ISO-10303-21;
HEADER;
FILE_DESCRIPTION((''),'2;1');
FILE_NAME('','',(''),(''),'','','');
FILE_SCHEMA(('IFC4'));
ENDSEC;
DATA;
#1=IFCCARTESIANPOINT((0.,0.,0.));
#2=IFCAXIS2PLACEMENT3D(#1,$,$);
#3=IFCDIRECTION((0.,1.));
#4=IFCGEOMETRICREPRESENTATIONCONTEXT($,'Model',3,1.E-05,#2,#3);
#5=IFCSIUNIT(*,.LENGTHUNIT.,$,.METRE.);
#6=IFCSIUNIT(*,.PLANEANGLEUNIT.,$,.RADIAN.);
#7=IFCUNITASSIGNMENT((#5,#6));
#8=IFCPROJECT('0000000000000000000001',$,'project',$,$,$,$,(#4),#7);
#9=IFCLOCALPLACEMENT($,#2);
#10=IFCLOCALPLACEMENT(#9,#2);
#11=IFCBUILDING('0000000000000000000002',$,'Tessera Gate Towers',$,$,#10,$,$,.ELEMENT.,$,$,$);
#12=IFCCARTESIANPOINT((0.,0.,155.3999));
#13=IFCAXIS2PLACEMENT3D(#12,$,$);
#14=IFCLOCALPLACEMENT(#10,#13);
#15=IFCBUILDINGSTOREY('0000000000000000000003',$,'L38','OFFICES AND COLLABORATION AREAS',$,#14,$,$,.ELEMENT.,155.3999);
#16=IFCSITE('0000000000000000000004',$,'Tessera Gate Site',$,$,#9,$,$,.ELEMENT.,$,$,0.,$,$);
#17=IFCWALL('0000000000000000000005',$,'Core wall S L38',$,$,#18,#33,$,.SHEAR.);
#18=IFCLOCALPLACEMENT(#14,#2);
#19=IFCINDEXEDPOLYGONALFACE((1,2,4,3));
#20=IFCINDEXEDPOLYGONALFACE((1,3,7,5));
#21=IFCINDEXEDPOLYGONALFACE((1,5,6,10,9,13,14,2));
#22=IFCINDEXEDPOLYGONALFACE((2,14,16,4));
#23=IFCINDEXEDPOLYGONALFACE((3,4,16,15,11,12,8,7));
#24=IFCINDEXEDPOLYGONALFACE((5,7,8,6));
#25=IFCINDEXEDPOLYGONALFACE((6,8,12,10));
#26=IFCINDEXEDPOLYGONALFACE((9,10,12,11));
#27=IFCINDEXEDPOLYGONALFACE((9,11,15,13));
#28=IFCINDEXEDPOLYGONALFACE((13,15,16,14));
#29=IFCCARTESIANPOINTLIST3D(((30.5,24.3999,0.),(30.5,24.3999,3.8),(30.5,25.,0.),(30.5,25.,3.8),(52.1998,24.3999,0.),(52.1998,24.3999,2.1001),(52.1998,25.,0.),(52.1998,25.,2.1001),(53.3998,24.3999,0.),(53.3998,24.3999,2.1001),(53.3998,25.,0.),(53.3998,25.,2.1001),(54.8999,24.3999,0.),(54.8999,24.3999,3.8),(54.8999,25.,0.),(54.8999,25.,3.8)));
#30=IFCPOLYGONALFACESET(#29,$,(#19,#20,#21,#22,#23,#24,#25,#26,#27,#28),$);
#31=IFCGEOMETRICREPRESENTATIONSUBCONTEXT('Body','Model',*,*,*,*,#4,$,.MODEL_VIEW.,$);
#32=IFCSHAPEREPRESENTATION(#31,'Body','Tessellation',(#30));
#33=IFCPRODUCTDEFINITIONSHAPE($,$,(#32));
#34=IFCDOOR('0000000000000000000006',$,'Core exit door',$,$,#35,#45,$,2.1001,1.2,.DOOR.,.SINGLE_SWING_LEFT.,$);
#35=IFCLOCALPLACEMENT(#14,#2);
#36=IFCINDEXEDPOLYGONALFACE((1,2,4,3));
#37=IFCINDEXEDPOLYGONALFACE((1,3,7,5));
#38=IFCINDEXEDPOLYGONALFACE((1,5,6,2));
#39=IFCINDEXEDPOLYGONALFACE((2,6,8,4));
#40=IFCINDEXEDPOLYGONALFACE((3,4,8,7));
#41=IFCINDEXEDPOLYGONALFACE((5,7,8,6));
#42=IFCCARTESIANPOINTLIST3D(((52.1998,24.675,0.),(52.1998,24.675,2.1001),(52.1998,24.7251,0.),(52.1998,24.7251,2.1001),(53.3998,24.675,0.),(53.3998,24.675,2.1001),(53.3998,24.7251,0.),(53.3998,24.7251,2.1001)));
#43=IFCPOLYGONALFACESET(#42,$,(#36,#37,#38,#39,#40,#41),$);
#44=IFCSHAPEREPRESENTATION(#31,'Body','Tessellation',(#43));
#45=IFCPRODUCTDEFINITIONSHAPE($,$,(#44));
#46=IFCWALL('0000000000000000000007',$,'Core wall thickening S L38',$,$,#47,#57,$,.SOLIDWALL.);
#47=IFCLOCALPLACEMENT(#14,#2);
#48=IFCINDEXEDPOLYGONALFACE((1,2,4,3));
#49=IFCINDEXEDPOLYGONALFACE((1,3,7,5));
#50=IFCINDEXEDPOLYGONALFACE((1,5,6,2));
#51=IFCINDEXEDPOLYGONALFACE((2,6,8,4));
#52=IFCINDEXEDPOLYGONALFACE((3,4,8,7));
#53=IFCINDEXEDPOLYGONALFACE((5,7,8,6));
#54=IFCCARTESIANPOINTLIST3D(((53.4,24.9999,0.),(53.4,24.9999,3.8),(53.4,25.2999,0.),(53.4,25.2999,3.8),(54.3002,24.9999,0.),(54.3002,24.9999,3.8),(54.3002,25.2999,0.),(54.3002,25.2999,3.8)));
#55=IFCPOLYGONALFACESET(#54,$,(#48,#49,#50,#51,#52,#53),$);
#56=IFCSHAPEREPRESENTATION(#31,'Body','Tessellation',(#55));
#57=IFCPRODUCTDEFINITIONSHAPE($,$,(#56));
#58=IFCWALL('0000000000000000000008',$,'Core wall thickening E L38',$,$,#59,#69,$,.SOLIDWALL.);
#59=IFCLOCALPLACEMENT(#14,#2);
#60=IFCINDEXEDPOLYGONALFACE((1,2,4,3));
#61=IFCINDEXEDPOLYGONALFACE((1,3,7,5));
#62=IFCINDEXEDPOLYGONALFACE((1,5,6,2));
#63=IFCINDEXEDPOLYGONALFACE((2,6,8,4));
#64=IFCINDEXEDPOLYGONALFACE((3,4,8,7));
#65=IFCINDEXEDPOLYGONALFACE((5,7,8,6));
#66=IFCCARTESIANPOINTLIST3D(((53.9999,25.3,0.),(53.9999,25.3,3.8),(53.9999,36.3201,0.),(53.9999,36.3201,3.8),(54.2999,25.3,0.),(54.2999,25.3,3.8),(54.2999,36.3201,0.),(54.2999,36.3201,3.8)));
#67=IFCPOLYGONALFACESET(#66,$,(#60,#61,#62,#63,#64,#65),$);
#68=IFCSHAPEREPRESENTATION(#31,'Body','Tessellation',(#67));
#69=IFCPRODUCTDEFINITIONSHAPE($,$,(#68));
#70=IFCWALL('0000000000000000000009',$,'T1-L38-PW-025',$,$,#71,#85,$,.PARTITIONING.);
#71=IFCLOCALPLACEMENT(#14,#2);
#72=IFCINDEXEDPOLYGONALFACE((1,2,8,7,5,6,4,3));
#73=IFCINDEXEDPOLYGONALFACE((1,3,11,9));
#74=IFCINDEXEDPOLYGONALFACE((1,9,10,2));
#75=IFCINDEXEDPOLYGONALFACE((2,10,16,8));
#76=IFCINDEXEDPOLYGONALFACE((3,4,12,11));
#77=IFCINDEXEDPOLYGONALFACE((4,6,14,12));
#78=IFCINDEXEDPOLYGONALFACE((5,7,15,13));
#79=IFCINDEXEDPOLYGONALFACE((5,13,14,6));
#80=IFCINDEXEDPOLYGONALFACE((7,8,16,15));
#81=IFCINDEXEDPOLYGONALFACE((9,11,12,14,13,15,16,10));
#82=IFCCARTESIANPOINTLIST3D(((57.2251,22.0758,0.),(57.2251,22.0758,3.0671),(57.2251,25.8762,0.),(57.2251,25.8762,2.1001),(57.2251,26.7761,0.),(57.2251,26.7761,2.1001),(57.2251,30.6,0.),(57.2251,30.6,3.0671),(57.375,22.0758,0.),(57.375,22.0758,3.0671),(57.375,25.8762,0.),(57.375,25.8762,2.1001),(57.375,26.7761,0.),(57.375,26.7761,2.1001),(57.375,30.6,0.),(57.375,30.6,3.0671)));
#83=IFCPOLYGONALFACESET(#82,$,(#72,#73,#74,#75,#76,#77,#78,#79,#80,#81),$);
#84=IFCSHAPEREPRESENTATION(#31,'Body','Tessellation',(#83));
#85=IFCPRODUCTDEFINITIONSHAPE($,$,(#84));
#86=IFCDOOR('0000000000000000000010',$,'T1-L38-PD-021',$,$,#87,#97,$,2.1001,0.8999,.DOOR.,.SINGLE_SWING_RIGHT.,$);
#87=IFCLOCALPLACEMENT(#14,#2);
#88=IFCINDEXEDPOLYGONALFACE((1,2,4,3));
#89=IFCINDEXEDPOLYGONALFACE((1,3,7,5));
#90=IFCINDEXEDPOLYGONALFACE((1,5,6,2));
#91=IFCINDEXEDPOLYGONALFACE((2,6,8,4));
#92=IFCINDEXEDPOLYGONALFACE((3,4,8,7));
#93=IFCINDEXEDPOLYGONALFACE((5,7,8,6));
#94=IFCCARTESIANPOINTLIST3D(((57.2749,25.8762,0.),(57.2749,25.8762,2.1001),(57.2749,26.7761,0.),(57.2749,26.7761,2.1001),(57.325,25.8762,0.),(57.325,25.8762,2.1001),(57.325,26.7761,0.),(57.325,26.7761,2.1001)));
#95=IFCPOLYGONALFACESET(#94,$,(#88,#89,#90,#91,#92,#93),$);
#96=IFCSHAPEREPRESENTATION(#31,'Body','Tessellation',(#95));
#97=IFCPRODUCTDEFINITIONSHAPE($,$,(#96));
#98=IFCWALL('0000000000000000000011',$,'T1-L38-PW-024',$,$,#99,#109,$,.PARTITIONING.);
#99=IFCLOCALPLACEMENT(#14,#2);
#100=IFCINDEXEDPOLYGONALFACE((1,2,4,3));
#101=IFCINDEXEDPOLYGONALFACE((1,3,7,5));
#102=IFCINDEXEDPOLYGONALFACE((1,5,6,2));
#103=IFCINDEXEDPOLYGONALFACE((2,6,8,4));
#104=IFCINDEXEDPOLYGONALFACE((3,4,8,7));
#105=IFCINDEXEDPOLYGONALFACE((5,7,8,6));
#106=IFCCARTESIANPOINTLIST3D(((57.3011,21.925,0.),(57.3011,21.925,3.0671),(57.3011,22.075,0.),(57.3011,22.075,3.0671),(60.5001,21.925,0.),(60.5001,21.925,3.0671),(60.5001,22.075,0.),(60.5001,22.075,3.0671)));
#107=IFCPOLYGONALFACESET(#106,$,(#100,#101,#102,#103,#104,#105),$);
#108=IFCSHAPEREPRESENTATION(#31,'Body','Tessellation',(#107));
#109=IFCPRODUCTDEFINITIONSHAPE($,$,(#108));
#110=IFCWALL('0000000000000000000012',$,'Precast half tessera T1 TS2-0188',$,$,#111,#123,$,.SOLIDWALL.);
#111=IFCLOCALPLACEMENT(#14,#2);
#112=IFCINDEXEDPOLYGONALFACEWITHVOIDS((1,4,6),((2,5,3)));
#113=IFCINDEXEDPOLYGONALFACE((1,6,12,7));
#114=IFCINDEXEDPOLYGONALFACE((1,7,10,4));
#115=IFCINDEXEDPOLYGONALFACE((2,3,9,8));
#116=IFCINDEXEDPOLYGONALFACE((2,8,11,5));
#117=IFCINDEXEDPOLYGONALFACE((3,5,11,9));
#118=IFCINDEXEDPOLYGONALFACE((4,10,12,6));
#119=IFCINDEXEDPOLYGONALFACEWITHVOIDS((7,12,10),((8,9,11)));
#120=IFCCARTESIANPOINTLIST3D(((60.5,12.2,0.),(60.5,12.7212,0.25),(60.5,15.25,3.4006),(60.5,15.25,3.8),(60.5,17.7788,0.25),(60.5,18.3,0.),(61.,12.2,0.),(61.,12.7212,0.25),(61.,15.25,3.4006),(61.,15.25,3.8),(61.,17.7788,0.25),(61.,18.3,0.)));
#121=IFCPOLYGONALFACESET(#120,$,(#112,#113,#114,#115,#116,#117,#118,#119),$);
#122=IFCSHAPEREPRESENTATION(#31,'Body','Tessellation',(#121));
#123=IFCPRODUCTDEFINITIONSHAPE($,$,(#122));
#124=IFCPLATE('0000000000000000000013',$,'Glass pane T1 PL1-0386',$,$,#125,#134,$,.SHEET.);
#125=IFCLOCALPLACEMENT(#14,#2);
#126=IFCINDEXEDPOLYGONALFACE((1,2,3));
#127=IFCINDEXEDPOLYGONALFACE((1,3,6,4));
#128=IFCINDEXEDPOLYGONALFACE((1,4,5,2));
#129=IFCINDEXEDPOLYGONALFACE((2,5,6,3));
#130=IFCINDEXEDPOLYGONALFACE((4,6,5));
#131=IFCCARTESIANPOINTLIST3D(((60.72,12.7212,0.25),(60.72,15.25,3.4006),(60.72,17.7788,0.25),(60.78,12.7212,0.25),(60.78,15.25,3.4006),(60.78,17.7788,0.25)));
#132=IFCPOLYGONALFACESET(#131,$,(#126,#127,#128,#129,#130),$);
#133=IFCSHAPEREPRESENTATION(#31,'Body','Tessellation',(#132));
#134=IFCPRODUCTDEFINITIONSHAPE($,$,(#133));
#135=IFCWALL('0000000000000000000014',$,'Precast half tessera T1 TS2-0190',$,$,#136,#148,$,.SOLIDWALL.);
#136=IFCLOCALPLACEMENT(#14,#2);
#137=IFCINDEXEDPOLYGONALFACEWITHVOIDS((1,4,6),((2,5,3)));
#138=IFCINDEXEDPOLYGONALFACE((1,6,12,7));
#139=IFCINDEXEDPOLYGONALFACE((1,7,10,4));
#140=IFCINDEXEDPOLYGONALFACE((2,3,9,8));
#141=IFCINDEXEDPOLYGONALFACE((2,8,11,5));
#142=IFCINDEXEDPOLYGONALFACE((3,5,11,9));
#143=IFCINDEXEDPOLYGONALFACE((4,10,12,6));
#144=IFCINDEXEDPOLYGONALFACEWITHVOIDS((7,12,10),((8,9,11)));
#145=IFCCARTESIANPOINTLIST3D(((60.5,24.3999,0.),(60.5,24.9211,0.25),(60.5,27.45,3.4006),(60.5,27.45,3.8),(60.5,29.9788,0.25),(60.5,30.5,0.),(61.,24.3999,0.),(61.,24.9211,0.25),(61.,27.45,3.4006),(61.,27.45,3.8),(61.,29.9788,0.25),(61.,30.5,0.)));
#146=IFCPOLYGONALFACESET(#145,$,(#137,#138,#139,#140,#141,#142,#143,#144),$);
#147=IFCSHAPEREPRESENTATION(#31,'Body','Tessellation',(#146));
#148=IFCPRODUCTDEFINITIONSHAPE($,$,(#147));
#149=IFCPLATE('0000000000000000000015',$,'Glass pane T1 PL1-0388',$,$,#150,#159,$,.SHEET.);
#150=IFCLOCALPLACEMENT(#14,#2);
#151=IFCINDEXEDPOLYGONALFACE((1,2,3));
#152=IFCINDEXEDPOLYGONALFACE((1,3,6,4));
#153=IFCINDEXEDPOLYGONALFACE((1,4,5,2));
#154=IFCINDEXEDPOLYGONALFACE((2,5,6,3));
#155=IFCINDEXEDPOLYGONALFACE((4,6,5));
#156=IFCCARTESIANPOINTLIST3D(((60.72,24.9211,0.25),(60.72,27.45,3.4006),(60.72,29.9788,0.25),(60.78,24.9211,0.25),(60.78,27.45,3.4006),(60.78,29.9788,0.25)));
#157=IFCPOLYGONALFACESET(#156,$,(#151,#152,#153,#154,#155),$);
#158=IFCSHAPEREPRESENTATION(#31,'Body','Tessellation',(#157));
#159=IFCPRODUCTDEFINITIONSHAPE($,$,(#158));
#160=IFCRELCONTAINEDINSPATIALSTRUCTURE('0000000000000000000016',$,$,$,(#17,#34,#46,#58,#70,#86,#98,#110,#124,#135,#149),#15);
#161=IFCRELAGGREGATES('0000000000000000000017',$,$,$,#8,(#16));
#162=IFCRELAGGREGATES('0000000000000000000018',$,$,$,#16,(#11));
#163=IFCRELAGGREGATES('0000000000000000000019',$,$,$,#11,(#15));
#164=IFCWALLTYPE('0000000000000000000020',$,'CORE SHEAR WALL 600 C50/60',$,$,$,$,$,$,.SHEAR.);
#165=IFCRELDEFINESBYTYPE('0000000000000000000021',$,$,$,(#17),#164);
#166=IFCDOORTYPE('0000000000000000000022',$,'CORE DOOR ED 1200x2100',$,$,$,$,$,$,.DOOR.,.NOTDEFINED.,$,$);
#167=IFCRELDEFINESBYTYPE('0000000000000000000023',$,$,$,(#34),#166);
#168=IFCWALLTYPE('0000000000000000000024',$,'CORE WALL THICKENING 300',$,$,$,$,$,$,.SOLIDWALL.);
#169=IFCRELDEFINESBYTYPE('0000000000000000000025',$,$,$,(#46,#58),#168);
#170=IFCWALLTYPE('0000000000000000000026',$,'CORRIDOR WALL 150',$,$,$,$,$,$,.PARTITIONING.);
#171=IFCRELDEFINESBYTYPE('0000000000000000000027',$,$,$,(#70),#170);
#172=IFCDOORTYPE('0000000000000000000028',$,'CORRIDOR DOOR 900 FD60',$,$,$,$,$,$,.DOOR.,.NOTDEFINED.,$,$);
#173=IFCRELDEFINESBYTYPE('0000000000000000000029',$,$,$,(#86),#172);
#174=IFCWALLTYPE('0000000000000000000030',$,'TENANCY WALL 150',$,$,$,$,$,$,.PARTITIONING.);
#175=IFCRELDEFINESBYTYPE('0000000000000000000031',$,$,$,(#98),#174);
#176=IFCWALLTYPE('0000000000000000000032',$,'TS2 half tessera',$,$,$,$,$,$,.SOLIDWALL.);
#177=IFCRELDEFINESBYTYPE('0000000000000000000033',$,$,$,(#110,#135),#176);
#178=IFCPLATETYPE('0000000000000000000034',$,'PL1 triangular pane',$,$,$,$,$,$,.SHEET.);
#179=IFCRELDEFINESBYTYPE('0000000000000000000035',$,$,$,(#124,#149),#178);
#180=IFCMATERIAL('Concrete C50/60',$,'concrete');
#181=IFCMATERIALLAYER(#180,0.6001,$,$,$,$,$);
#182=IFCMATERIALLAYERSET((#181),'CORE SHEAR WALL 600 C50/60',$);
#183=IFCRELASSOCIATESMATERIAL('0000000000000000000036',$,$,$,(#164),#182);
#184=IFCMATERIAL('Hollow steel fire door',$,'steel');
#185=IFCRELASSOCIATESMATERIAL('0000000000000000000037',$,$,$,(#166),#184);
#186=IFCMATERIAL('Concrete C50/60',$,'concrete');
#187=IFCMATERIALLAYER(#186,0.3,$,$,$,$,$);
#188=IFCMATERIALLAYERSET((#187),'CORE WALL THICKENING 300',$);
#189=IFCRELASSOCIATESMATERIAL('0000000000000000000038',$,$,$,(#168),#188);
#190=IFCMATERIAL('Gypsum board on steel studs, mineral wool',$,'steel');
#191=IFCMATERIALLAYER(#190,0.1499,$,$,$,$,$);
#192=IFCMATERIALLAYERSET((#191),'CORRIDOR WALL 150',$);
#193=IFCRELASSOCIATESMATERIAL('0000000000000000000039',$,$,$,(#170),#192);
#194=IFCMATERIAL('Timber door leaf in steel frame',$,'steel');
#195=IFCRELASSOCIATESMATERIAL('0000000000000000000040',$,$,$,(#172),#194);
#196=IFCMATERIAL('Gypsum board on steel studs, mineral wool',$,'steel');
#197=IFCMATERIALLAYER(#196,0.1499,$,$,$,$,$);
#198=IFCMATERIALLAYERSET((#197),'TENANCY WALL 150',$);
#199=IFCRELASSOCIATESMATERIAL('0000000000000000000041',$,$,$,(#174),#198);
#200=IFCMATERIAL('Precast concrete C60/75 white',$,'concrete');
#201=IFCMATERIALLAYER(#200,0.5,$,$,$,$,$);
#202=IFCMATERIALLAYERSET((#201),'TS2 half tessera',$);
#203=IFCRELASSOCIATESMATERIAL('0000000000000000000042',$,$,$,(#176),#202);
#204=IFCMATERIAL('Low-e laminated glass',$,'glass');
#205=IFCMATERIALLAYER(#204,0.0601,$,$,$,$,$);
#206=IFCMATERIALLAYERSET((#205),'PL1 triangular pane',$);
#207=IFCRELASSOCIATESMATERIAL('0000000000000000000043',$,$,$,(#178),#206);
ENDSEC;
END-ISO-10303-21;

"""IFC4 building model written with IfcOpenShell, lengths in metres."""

from ifc_helpers import new_model, si_unit, direction, frame, frame_2d, origin, place, context, subcontext, project, spatial, polyline, rectangle, outline, extrude, source, transform, mapped, material, layer, layer_set, type_object, element, fill, save


model = new_model("IFC4")

# Units and contexts
model_context = context("Model", 3, precision=1e-05, world=origin(), true_north=direction((0.0, 1.0)))
body_context = subcontext(model_context, "Body", "Model", "MODEL_VIEW")
ifc_project = project(units=[si_unit("LENGTHUNIT", "METRE"), si_unit("PLANEANGLEUNIT", "RADIAN")], contexts=[model_context])

# Site, building, storey
site_placement = place(None, origin())
site = spatial("IfcSite", under=ifc_project, at=site_placement, Name="Tessera Gate Site", CompositionType="ELEMENT", RefElevation=0.0)
building_placement = place(site_placement, origin())
building = spatial("IfcBuilding", under=site, at=building_placement, Name="Tessera Gate Towers", CompositionType="ELEMENT")
storey_placement = place(building_placement, frame((0.0, 0.0, 155.3999)))
storey = spatial("IfcBuildingStorey", under=building, at=storey_placement, Name="L38", Description="OFFICES AND COLLABORATION AREAS", CompositionType="ELEMENT", Elevation=155.3999)

# Wall, opening, door
shared_shape_1 = source(origin(), body_context, "Body", "SweptSolid", [
    extrude(rectangle(XDim=1.2, YDim=2.1001, at=frame_2d((0.6001, 1.05))), frame((0.0, 0.0249, 0.0), z_axis=(0.0, -1.0, 0.0), x_axis=(1.0, 0.0, 0.0)), (0.0, 0.0, 1.0), 0.05),
])
ifc_material_1 = material(Name="Concrete C50/60", Category="concrete")
ifc_layer_1 = layer(ifc_material_1, 0.6001)
ifc_layer_set_1 = layer_set([ifc_layer_1], Name="CORE SHEAR WALL 600 C50/60")
wall_type_1 = type_object("IfcWallType", Name="CORE SHEAR WALL 600 C50/60", PredefinedType="SHEAR", material=ifc_layer_set_1)
wall_1_placement = place(storey_placement, frame((54.8999, 24.7, 0.0), z_axis=(0.0, 0.0, 1.0), x_axis=(-1.0, 0.0, 0.0)))
wall_1 = element("IfcWall", 1, at=wall_1_placement, inside=storey, type_object=wall_type_1, Name="Core wall S L38", PredefinedType="SHEAR", context=body_context, shape_type="SweptSolid", body=[
    extrude(rectangle(XDim=24.3999, YDim=0.6001, at=frame_2d((12.2, 0.0))), origin(), (0.0, 0.0, 1.0), 3.8),
])
shared_shape_2 = source(origin(), body_context, "Body", "SweptSolid", [
    extrude(rectangle(XDim=1.2, YDim=2.1001, at=frame_2d((0.6001, 1.05))), frame((0.0, 0.3101, 0.0), z_axis=(0.0, -1.0, 0.0), x_axis=(1.0, 0.0, 0.0)), (0.0, 0.0, 1.0), 0.6201),
])
opening_1_placement = place(wall_1_placement, frame((1.5, 0.0, 0.0)))
opening_1 = element("IfcOpeningElement", 2, at=opening_1_placement, cuts=wall_1, PredefinedType="OPENING", context=body_context, shape_type="MappedRepresentation", body=[
    mapped(shared_shape_2, transform((0.0, 0.0, 0.0), scale=1.0)),
])
ifc_material_2 = material(Name="Hollow steel fire door", Category="steel")
door_type_1 = type_object("IfcDoorType", Name="CORE DOOR ED 1200x2100", OperationType="NOTDEFINED", PredefinedType="DOOR", material=ifc_material_2)
door_1_placement = place(opening_1_placement, origin())
door_1 = element("IfcDoor", 3, at=door_1_placement, inside=storey, type_object=door_type_1, Name="Core exit door", OperationType="SINGLE_SWING_LEFT", OverallHeight=2.1001, OverallWidth=1.2, PredefinedType="DOOR", context=body_context, shape_type="MappedRepresentation", body=[
    mapped(shared_shape_1, transform((0.0, 0.0, 0.0), scale=1.0)),
])
fill(opening_1, door_1)

# Walls
ifc_material_3 = material(Name="Concrete C50/60", Category="concrete")
ifc_layer_2 = layer(ifc_material_3, 0.3)
ifc_layer_set_2 = layer_set([ifc_layer_2], Name="CORE WALL THICKENING 300")
wall_type_2 = type_object("IfcWallType", Name="CORE WALL THICKENING 300", PredefinedType="SOLIDWALL", material=ifc_layer_set_2)
wall_2_placement = place(storey_placement, frame((53.3999, 25.1499, 0.0), z_axis=(0.0, 0.0, 1.0), x_axis=(1.0, 0.0, 0.0)))
element("IfcWall", 4, at=wall_2_placement, inside=storey, type_object=wall_type_2, Name="Core wall thickening S L38", PredefinedType="SOLIDWALL", context=body_context, shape_type="SweptSolid", body=[
    extrude(rectangle(XDim=0.9001, YDim=0.3, at=frame_2d((0.4502, 0.0))), origin(), (0.0, 0.0, 1.0), 3.8),
])
wall_3_placement = place(storey_placement, frame((54.1499, 25.3, 0.0), z_axis=(0.0, 0.0, 1.0), x_axis=(0.0, 1.0, 0.0)))
element("IfcWall", 5, at=wall_3_placement, inside=storey, type_object=wall_type_2, Name="Core wall thickening E L38", PredefinedType="SOLIDWALL", context=body_context, shape_type="SweptSolid", body=[
    extrude(rectangle(XDim=11.02, YDim=0.3, at=frame_2d((5.51, 0.0))), origin(), (0.0, 0.0, 1.0), 3.8),
])

# Wall, opening, door
ifc_material_4 = material(Name="Gypsum board on steel studs, mineral wool", Category="steel")
ifc_layer_3 = layer(ifc_material_4, 0.1499)
ifc_layer_set_3 = layer_set([ifc_layer_3], Name="CORRIDOR WALL 150")
wall_type_3 = type_object("IfcWallType", Name="CORRIDOR WALL 150", PredefinedType="PARTITIONING", material=ifc_layer_set_3)
wall_4_placement = place(storey_placement, frame((57.3, 30.6001, 0.0), z_axis=(0.0, 0.0, 1.0), x_axis=(0.0, -1.0, 0.0)))
wall_4 = element("IfcWall", 6, at=wall_4_placement, inside=storey, type_object=wall_type_3, Name="T1-L38-PW-025", PredefinedType="PARTITIONING", context=body_context, shape_type="SweptSolid", body=[
    extrude(rectangle(XDim=8.5242, YDim=0.1499, at=frame_2d((4.2622, 0.0))), origin(), (0.0, 0.0, 1.0), 3.0671),
])
shared_shape_3 = source(origin(), body_context, "Body", "SweptSolid", [
    extrude(rectangle(XDim=0.8999, YDim=2.1001, at=frame_2d((0.45, 1.05))), frame((0.0, 0.085, 0.0), z_axis=(0.0, -1.0, 0.0), x_axis=(1.0, 0.0, 0.0)), (0.0, 0.0, 1.0), 0.1699),
])
opening_2_placement = place(wall_4_placement, frame((3.824, 0.0, 0.0)))
opening_2 = element("IfcOpeningElement", 7, at=opening_2_placement, cuts=wall_4, PredefinedType="OPENING", context=body_context, shape_type="MappedRepresentation", body=[
    mapped(shared_shape_3, transform((0.0, 0.0, 0.0), scale=1.0)),
])
ifc_material_5 = material(Name="Timber door leaf in steel frame", Category="steel")
door_type_2 = type_object("IfcDoorType", Name="CORRIDOR DOOR 900 FD60", OperationType="NOTDEFINED", PredefinedType="DOOR", material=ifc_material_5)
shared_shape_4 = source(origin(), body_context, "Body", "SweptSolid", [
    extrude(rectangle(XDim=0.8999, YDim=2.1001, at=frame_2d((0.45, 1.05))), frame((0.0, 0.0249, 0.0), z_axis=(0.0, -1.0, 0.0), x_axis=(1.0, 0.0, 0.0)), (0.0, 0.0, 1.0), 0.05),
])
door_2_placement = place(opening_2_placement, origin())
door_2 = element("IfcDoor", 8, at=door_2_placement, inside=storey, type_object=door_type_2, Name="T1-L38-PD-021", OperationType="SINGLE_SWING_RIGHT", OverallHeight=2.1001, OverallWidth=0.8999, PredefinedType="DOOR", context=body_context, shape_type="MappedRepresentation", body=[
    mapped(shared_shape_4, transform((0.0, 0.0, 0.0), scale=1.0)),
])
fill(opening_2, door_2)

# Wall
ifc_material_6 = material(Name="Gypsum board on steel studs, mineral wool", Category="steel")
ifc_layer_4 = layer(ifc_material_6, 0.1499)
ifc_layer_set_4 = layer_set([ifc_layer_4], Name="TENANCY WALL 150")
wall_type_4 = type_object("IfcWallType", Name="TENANCY WALL 150", PredefinedType="PARTITIONING", material=ifc_layer_set_4)
wall_5_placement = place(storey_placement, frame((57.301, 22.0, 0.0), z_axis=(0.0, 0.0, 1.0), x_axis=(1.0, 0.0, 0.0)))
element("IfcWall", 9, at=wall_5_placement, inside=storey, type_object=wall_type_4, Name="T1-L38-PW-024", PredefinedType="PARTITIONING", context=body_context, shape_type="SweptSolid", body=[
    extrude(rectangle(XDim=3.199, YDim=0.1499, at=frame_2d((1.5996, 0.0))), origin(), (0.0, 0.0, 1.0), 3.0671),
])

# Walls, openings, plates
ifc_material_7 = material(Name="Precast concrete C60/75 white", Category="concrete")
ifc_layer_5 = layer(ifc_material_7, 0.5)
ifc_layer_set_5 = layer_set([ifc_layer_5], Name="TS2 half tessera")
wall_type_5 = type_object("IfcWallType", Name="TS2 half tessera", PredefinedType="SOLIDWALL", material=ifc_layer_set_5)
shared_shape_5 = source(origin(), body_context, "Body", "SweptSolid", [
    extrude(outline(polyline([(6.1001, 0.0), (3.05, 3.8), (0.0, 0.0), (6.1001, 0.0)])), frame((0.0, 0.25, 0.0), z_axis=(0.0, -1.0, 0.0), x_axis=(1.0, 0.0, 0.0)), (0.0, 0.0, 1.0), 0.5),
])
wall_6_placement = place(storey_placement, frame((60.75, 12.2, 0.0), z_axis=(0.0, 0.0, 1.0), x_axis=(0.0, 1.0, 0.0)))
wall_6 = element("IfcWall", 10, at=wall_6_placement, inside=storey, type_object=wall_type_5, Name="Precast half tessera T1 TS2-0188", PredefinedType="SOLIDWALL", context=body_context, shape_type="MappedRepresentation", body=[
    mapped(shared_shape_5, transform((0.0, 0.0, 0.0), scale=1.0)),
])
shared_shape_6 = source(origin(), body_context, "Body", "SweptSolid", [
    extrude(outline(polyline([(5.5789, 0.25), (3.05, 3.4006), (0.5212, 0.25), (5.5789, 0.25)])), frame((0.0, 0.26, 0.0), z_axis=(0.0, -1.0, 0.0), x_axis=(1.0, 0.0, 0.0)), (0.0, 0.0, 1.0), 0.52),
])
opening_3_placement = place(wall_6_placement, origin())
opening_3 = element("IfcOpeningElement", 11, at=opening_3_placement, cuts=wall_6, PredefinedType="OPENING", context=body_context, shape_type="MappedRepresentation", body=[
    mapped(shared_shape_6, transform((0.0, 0.0, 0.0), scale=1.0)),
])
ifc_material_8 = material(Name="Low-e laminated glass", Category="glass")
ifc_layer_6 = layer(ifc_material_8, 0.0601)
ifc_layer_set_6 = layer_set([ifc_layer_6], Name="PL1 triangular pane")
plate_type = type_object("IfcPlateType", Name="PL1 triangular pane", PredefinedType="SHEET", material=ifc_layer_set_6)
shared_shape_7 = source(origin(), body_context, "Body", "SweptSolid", [
    extrude(outline(polyline([(5.5789, 0.25), (3.05, 3.4006), (0.5212, 0.25), (5.5789, 0.25)])), frame((0.0, 0.03, 0.0), z_axis=(0.0, -1.0, 0.0), x_axis=(1.0, 0.0, 0.0)), (0.0, 0.0, 1.0), 0.0601),
])
plate_1_placement = place(opening_3_placement, origin())
plate_1 = element("IfcPlate", 12, at=plate_1_placement, inside=storey, type_object=plate_type, Name="Glass pane T1 PL1-0386", PredefinedType="SHEET", context=body_context, shape_type="MappedRepresentation", body=[
    mapped(shared_shape_7, transform((0.0, 0.0, 0.0), scale=1.0)),
])
fill(opening_3, plate_1)
wall_7_placement = place(storey_placement, frame((60.75, 24.3999, 0.0), z_axis=(0.0, 0.0, 1.0), x_axis=(0.0, 1.0, 0.0)))
wall_7 = element("IfcWall", 13, at=wall_7_placement, inside=storey, type_object=wall_type_5, Name="Precast half tessera T1 TS2-0190", PredefinedType="SOLIDWALL", context=body_context, shape_type="MappedRepresentation", body=[
    mapped(shared_shape_5, transform((0.0, 0.0, 0.0), scale=1.0)),
])
opening_4_placement = place(wall_7_placement, origin())
opening_4 = element("IfcOpeningElement", 14, at=opening_4_placement, cuts=wall_7, PredefinedType="OPENING", context=body_context, shape_type="MappedRepresentation", body=[
    mapped(shared_shape_6, transform((0.0, 0.0, 0.0), scale=1.0)),
])
plate_2_placement = place(opening_4_placement, origin())
plate_2 = element("IfcPlate", 15, at=plate_2_placement, inside=storey, type_object=plate_type, Name="Glass pane T1 PL1-0388", PredefinedType="SHEET", context=body_context, shape_type="MappedRepresentation", body=[
    mapped(shared_shape_7, transform((0.0, 0.0, 0.0), scale=1.0)),
])
fill(opening_4, plate_2)

save(model, "model.ifc")
